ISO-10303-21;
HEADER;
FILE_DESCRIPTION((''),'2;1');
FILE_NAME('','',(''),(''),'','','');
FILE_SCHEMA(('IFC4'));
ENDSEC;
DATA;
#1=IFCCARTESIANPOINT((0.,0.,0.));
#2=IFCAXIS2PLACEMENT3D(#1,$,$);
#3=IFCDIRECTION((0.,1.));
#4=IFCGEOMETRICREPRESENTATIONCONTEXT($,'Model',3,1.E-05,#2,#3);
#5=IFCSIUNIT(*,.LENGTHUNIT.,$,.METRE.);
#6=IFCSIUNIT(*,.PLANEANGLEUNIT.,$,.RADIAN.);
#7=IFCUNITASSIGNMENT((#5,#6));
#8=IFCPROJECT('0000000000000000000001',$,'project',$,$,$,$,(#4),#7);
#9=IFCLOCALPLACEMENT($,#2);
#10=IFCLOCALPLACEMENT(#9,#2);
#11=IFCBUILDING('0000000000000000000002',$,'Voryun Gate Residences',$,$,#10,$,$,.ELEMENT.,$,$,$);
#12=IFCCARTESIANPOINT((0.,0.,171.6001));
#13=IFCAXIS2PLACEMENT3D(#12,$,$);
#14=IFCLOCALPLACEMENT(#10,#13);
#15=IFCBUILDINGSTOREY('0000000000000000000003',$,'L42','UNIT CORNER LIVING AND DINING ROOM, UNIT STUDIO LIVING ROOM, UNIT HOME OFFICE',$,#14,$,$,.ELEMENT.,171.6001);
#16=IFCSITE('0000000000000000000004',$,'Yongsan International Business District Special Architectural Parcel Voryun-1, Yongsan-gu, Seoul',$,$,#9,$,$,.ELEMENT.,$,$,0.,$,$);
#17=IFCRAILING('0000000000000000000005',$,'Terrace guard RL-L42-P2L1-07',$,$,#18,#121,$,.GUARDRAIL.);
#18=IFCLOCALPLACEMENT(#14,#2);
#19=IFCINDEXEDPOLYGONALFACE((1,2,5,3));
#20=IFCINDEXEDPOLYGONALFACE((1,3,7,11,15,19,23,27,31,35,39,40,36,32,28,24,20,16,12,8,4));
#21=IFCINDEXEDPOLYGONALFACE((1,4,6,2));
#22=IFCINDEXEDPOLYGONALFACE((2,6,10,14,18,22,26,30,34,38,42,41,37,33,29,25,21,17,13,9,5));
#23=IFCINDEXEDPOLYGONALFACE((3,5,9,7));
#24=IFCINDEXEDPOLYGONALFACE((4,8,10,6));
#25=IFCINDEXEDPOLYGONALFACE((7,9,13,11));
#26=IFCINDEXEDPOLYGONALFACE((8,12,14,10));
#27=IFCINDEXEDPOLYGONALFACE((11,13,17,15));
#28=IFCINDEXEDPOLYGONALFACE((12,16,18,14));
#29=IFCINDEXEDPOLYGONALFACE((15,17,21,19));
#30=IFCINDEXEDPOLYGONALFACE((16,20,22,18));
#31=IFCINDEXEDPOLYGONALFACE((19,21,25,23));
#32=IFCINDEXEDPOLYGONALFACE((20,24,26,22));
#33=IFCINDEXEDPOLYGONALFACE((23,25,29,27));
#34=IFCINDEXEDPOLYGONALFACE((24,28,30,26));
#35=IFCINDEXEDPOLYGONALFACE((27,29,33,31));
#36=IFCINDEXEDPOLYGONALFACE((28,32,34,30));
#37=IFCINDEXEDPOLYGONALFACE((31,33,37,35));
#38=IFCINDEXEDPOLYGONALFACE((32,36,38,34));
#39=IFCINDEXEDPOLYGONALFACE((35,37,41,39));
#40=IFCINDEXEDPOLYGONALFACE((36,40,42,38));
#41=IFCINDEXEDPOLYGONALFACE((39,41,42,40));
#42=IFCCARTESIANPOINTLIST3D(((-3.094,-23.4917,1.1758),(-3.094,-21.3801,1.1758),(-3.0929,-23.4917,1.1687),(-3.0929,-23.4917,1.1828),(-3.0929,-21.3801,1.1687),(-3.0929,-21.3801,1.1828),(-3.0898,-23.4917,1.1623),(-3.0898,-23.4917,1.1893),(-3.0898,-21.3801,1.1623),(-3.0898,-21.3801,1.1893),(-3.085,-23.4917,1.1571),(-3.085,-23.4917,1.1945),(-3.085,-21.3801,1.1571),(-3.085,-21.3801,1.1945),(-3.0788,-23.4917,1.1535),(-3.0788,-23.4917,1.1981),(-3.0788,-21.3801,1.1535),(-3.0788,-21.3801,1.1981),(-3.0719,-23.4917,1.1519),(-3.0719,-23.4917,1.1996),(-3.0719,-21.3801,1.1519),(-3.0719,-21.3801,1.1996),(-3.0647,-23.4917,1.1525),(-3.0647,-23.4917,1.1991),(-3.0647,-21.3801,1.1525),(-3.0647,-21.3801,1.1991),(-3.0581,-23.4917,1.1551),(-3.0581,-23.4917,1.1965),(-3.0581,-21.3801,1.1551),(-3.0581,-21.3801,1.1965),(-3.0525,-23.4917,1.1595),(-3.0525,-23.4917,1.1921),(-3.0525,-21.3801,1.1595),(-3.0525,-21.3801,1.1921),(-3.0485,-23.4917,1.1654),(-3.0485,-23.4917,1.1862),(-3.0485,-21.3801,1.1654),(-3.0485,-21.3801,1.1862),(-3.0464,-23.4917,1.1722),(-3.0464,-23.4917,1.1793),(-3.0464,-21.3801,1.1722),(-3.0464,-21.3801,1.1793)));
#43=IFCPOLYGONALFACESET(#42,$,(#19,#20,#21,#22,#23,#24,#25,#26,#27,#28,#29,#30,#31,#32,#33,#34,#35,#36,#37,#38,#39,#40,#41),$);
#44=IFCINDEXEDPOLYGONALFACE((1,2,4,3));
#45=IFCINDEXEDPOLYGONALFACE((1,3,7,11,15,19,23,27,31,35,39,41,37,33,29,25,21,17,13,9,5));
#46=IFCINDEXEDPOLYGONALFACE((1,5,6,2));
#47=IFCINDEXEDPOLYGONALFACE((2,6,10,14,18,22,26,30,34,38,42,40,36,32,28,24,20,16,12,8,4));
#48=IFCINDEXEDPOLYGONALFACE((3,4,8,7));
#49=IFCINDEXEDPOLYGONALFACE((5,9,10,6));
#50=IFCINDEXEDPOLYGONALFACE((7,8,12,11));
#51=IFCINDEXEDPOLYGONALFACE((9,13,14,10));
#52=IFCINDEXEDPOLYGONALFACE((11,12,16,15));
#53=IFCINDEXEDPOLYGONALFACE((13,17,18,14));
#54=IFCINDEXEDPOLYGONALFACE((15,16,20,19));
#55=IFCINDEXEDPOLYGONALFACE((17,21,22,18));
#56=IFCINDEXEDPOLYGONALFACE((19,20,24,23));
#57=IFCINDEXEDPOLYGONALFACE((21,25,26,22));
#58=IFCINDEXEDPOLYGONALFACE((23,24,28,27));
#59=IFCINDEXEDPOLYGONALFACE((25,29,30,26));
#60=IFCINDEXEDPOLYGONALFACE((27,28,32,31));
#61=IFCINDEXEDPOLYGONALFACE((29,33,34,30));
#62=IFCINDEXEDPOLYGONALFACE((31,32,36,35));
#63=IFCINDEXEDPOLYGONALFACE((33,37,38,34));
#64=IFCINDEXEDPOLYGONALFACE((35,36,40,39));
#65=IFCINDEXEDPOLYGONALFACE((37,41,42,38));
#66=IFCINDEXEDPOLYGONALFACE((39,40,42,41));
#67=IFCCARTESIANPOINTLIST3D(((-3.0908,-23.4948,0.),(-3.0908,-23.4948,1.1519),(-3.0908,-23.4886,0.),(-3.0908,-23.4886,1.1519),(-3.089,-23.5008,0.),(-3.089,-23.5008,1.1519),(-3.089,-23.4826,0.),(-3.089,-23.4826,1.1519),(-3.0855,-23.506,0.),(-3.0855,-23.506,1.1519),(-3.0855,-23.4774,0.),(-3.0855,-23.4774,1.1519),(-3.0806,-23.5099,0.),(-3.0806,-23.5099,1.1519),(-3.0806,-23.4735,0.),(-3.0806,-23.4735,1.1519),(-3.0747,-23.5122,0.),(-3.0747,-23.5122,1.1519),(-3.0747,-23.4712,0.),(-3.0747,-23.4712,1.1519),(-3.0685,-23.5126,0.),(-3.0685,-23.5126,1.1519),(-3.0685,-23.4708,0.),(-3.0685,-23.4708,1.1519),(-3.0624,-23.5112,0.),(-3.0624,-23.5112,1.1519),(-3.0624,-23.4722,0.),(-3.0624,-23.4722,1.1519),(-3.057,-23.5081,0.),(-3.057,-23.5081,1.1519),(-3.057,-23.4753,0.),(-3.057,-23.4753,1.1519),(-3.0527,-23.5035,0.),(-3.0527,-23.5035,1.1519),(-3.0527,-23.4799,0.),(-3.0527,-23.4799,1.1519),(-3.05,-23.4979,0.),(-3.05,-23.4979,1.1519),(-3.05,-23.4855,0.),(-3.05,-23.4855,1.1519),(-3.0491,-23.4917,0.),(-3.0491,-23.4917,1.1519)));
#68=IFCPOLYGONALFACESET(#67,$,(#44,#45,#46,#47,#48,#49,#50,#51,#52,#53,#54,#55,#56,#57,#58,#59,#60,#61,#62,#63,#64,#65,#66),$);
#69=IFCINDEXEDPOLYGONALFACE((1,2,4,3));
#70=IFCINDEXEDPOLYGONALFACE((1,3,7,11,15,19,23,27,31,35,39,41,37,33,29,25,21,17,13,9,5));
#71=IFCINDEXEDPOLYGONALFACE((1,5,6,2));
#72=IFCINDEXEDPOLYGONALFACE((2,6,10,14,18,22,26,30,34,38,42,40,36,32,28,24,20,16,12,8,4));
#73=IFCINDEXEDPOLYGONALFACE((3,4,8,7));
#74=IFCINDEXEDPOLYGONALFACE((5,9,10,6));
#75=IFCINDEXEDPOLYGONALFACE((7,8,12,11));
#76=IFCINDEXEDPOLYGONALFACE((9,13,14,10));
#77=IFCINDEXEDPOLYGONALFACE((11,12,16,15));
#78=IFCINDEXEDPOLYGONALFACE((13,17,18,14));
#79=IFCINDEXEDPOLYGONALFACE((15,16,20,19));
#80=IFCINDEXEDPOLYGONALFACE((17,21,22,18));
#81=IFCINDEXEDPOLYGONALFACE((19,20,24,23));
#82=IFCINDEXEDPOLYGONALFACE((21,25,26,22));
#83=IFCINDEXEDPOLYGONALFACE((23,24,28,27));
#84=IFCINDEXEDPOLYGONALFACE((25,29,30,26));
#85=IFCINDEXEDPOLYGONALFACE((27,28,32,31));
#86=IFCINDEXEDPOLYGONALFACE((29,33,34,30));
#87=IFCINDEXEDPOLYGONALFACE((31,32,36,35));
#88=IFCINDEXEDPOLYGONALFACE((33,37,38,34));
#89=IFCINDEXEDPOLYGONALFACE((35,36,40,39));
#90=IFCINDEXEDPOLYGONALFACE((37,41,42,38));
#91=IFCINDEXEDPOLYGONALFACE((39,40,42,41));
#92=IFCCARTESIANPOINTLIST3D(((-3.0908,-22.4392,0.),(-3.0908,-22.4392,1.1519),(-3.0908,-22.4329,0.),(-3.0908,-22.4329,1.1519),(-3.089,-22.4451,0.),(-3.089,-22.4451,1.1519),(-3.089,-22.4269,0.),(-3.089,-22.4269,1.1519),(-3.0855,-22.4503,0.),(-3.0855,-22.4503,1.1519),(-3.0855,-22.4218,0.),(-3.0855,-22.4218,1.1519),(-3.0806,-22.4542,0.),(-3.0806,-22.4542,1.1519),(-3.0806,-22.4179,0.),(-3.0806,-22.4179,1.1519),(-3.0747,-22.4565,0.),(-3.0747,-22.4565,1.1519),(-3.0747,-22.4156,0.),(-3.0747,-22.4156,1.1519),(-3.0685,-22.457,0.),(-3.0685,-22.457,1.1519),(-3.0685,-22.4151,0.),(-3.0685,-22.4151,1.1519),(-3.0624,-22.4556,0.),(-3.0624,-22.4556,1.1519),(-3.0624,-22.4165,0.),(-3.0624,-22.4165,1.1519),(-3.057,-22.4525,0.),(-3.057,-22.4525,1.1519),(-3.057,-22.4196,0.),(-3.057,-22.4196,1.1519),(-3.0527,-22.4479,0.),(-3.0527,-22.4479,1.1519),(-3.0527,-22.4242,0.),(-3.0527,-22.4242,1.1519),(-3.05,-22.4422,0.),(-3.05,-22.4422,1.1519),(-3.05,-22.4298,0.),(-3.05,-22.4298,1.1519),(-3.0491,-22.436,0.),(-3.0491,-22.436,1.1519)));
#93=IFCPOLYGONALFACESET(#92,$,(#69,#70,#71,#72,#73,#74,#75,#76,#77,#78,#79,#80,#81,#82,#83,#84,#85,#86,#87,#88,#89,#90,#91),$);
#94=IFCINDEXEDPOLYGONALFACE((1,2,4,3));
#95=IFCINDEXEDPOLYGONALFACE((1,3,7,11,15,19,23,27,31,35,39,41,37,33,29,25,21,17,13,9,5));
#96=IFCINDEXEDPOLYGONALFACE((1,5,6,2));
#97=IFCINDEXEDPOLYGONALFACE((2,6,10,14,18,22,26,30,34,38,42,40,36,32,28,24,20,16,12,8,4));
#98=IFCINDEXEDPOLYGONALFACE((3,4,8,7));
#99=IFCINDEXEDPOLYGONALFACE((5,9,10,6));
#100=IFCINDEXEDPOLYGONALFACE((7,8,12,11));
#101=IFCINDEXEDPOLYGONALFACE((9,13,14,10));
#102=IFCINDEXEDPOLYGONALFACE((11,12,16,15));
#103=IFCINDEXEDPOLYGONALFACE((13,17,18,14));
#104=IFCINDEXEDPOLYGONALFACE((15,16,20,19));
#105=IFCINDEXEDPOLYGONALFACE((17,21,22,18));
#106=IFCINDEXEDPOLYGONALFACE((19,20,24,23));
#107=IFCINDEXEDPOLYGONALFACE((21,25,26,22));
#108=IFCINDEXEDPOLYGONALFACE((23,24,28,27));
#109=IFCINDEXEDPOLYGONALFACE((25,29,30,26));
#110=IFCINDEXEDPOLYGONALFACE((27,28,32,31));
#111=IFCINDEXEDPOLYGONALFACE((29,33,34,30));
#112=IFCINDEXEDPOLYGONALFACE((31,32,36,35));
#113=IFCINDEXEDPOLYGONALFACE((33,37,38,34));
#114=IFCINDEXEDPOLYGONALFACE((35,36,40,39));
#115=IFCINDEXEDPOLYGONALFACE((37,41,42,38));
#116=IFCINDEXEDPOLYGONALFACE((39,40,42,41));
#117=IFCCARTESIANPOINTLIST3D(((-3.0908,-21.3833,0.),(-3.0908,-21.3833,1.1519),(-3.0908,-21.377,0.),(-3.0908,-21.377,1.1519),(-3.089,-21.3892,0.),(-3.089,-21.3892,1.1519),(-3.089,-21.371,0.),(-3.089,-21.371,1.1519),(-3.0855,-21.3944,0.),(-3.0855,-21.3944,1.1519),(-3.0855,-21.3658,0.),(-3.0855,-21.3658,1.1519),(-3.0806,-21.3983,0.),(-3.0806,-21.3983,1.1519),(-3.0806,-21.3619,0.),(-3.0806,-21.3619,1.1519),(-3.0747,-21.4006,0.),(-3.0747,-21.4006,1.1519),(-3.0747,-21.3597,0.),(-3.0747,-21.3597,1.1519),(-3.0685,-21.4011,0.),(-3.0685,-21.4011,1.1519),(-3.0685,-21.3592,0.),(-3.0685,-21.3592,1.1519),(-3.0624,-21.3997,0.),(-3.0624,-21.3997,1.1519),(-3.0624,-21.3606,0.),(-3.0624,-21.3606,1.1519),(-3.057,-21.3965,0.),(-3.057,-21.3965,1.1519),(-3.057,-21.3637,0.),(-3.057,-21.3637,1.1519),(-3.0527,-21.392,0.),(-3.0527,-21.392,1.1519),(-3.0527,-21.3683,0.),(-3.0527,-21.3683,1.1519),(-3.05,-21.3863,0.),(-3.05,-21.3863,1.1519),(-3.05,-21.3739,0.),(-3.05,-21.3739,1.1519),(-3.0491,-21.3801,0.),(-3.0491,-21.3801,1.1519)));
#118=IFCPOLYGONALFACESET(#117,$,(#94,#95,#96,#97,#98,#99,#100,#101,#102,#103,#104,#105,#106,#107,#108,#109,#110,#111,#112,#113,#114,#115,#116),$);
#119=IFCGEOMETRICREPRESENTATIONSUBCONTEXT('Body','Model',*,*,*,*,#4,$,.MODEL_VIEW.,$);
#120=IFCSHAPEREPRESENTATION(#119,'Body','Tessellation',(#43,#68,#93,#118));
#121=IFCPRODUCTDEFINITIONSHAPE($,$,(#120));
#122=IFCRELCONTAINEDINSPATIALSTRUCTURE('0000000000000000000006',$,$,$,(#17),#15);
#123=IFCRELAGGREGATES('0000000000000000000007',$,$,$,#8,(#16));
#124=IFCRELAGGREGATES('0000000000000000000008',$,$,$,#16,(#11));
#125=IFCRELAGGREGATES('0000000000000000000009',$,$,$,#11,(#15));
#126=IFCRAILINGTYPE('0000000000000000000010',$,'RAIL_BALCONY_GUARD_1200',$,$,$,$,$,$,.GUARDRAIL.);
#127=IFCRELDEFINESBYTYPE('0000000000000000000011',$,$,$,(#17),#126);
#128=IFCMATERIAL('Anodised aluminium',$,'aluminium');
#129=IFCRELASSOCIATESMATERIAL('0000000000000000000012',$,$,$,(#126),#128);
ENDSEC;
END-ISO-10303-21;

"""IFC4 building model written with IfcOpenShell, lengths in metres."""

from ifc_helpers import new_model, si_unit, direction, frame, origin, origin_2d, place, context, subcontext, project, spatial, circle, extrude, material, type_object, element, save


model = new_model("IFC4")

# Units and contexts
model_context = context("Model", 3, precision=1e-05, world=origin(), true_north=direction((0.0, 1.0)))
body_context = subcontext(model_context, "Body", "Model", "MODEL_VIEW")
ifc_project = project(units=[si_unit("LENGTHUNIT", "METRE"), si_unit("PLANEANGLEUNIT", "RADIAN")], contexts=[model_context])

# Site, building, storey
site_placement = place(None, origin())
site = spatial("IfcSite", under=ifc_project, at=site_placement, Name="Yongsan International Business District Special Architectural Parcel Voryun-1, Yongsan-gu, Seoul", CompositionType="ELEMENT", RefElevation=0.0)
building_placement = place(site_placement, origin())
building = spatial("IfcBuilding", under=site, at=building_placement, Name="Voryun Gate Residences", CompositionType="ELEMENT")
storey_placement = place(building_placement, frame((0.0, 0.0, 171.6001)))
storey = spatial("IfcBuildingStorey", under=building, at=storey_placement, Name="L42", Description="UNIT CORNER LIVING AND DINING ROOM, UNIT STUDIO LIVING ROOM, UNIT HOME OFFICE", CompositionType="ELEMENT", Elevation=171.6001)

# Railing
ifc_material_1 = material(Name="Anodised aluminium", Category="aluminium")
railing_type = type_object("IfcRailingType", Name="RAIL_BALCONY_GUARD_1200", PredefinedType="GUARDRAIL", material=ifc_material_1)
railing_placement = place(storey_placement, frame((-3.0701, -23.4917, 0.0)))
element("IfcRailing", 1, at=railing_placement, inside=storey, type_object=railing_type, Name="Terrace guard RL-L42-P2L1-07", PredefinedType="GUARDRAIL", context=body_context, shape_type="SweptSolid", body=[
    extrude(circle(Radius=0.0239, at=origin_2d()), frame((0.0, 0.0, 1.1758), z_axis=(0.0, 1.0, 0.0), x_axis=(-1.0, 0.0, 0.0)), (0.0, 0.0, 1.0), 2.1116),
    extrude(circle(Radius=0.021, at=origin_2d()), origin(), (0.0, 0.0, 1.0), 1.1519),
    extrude(circle(Radius=0.021, at=origin_2d()), frame((0.0, 1.0557, 0.0)), (0.0, 0.0, 1.0), 1.1519),
    extrude(circle(Radius=0.021, at=origin_2d()), frame((0.0, 2.1116, 0.0)), (0.0, 0.0, 1.0), 1.1519),
])

save(model, "model.ifc")
